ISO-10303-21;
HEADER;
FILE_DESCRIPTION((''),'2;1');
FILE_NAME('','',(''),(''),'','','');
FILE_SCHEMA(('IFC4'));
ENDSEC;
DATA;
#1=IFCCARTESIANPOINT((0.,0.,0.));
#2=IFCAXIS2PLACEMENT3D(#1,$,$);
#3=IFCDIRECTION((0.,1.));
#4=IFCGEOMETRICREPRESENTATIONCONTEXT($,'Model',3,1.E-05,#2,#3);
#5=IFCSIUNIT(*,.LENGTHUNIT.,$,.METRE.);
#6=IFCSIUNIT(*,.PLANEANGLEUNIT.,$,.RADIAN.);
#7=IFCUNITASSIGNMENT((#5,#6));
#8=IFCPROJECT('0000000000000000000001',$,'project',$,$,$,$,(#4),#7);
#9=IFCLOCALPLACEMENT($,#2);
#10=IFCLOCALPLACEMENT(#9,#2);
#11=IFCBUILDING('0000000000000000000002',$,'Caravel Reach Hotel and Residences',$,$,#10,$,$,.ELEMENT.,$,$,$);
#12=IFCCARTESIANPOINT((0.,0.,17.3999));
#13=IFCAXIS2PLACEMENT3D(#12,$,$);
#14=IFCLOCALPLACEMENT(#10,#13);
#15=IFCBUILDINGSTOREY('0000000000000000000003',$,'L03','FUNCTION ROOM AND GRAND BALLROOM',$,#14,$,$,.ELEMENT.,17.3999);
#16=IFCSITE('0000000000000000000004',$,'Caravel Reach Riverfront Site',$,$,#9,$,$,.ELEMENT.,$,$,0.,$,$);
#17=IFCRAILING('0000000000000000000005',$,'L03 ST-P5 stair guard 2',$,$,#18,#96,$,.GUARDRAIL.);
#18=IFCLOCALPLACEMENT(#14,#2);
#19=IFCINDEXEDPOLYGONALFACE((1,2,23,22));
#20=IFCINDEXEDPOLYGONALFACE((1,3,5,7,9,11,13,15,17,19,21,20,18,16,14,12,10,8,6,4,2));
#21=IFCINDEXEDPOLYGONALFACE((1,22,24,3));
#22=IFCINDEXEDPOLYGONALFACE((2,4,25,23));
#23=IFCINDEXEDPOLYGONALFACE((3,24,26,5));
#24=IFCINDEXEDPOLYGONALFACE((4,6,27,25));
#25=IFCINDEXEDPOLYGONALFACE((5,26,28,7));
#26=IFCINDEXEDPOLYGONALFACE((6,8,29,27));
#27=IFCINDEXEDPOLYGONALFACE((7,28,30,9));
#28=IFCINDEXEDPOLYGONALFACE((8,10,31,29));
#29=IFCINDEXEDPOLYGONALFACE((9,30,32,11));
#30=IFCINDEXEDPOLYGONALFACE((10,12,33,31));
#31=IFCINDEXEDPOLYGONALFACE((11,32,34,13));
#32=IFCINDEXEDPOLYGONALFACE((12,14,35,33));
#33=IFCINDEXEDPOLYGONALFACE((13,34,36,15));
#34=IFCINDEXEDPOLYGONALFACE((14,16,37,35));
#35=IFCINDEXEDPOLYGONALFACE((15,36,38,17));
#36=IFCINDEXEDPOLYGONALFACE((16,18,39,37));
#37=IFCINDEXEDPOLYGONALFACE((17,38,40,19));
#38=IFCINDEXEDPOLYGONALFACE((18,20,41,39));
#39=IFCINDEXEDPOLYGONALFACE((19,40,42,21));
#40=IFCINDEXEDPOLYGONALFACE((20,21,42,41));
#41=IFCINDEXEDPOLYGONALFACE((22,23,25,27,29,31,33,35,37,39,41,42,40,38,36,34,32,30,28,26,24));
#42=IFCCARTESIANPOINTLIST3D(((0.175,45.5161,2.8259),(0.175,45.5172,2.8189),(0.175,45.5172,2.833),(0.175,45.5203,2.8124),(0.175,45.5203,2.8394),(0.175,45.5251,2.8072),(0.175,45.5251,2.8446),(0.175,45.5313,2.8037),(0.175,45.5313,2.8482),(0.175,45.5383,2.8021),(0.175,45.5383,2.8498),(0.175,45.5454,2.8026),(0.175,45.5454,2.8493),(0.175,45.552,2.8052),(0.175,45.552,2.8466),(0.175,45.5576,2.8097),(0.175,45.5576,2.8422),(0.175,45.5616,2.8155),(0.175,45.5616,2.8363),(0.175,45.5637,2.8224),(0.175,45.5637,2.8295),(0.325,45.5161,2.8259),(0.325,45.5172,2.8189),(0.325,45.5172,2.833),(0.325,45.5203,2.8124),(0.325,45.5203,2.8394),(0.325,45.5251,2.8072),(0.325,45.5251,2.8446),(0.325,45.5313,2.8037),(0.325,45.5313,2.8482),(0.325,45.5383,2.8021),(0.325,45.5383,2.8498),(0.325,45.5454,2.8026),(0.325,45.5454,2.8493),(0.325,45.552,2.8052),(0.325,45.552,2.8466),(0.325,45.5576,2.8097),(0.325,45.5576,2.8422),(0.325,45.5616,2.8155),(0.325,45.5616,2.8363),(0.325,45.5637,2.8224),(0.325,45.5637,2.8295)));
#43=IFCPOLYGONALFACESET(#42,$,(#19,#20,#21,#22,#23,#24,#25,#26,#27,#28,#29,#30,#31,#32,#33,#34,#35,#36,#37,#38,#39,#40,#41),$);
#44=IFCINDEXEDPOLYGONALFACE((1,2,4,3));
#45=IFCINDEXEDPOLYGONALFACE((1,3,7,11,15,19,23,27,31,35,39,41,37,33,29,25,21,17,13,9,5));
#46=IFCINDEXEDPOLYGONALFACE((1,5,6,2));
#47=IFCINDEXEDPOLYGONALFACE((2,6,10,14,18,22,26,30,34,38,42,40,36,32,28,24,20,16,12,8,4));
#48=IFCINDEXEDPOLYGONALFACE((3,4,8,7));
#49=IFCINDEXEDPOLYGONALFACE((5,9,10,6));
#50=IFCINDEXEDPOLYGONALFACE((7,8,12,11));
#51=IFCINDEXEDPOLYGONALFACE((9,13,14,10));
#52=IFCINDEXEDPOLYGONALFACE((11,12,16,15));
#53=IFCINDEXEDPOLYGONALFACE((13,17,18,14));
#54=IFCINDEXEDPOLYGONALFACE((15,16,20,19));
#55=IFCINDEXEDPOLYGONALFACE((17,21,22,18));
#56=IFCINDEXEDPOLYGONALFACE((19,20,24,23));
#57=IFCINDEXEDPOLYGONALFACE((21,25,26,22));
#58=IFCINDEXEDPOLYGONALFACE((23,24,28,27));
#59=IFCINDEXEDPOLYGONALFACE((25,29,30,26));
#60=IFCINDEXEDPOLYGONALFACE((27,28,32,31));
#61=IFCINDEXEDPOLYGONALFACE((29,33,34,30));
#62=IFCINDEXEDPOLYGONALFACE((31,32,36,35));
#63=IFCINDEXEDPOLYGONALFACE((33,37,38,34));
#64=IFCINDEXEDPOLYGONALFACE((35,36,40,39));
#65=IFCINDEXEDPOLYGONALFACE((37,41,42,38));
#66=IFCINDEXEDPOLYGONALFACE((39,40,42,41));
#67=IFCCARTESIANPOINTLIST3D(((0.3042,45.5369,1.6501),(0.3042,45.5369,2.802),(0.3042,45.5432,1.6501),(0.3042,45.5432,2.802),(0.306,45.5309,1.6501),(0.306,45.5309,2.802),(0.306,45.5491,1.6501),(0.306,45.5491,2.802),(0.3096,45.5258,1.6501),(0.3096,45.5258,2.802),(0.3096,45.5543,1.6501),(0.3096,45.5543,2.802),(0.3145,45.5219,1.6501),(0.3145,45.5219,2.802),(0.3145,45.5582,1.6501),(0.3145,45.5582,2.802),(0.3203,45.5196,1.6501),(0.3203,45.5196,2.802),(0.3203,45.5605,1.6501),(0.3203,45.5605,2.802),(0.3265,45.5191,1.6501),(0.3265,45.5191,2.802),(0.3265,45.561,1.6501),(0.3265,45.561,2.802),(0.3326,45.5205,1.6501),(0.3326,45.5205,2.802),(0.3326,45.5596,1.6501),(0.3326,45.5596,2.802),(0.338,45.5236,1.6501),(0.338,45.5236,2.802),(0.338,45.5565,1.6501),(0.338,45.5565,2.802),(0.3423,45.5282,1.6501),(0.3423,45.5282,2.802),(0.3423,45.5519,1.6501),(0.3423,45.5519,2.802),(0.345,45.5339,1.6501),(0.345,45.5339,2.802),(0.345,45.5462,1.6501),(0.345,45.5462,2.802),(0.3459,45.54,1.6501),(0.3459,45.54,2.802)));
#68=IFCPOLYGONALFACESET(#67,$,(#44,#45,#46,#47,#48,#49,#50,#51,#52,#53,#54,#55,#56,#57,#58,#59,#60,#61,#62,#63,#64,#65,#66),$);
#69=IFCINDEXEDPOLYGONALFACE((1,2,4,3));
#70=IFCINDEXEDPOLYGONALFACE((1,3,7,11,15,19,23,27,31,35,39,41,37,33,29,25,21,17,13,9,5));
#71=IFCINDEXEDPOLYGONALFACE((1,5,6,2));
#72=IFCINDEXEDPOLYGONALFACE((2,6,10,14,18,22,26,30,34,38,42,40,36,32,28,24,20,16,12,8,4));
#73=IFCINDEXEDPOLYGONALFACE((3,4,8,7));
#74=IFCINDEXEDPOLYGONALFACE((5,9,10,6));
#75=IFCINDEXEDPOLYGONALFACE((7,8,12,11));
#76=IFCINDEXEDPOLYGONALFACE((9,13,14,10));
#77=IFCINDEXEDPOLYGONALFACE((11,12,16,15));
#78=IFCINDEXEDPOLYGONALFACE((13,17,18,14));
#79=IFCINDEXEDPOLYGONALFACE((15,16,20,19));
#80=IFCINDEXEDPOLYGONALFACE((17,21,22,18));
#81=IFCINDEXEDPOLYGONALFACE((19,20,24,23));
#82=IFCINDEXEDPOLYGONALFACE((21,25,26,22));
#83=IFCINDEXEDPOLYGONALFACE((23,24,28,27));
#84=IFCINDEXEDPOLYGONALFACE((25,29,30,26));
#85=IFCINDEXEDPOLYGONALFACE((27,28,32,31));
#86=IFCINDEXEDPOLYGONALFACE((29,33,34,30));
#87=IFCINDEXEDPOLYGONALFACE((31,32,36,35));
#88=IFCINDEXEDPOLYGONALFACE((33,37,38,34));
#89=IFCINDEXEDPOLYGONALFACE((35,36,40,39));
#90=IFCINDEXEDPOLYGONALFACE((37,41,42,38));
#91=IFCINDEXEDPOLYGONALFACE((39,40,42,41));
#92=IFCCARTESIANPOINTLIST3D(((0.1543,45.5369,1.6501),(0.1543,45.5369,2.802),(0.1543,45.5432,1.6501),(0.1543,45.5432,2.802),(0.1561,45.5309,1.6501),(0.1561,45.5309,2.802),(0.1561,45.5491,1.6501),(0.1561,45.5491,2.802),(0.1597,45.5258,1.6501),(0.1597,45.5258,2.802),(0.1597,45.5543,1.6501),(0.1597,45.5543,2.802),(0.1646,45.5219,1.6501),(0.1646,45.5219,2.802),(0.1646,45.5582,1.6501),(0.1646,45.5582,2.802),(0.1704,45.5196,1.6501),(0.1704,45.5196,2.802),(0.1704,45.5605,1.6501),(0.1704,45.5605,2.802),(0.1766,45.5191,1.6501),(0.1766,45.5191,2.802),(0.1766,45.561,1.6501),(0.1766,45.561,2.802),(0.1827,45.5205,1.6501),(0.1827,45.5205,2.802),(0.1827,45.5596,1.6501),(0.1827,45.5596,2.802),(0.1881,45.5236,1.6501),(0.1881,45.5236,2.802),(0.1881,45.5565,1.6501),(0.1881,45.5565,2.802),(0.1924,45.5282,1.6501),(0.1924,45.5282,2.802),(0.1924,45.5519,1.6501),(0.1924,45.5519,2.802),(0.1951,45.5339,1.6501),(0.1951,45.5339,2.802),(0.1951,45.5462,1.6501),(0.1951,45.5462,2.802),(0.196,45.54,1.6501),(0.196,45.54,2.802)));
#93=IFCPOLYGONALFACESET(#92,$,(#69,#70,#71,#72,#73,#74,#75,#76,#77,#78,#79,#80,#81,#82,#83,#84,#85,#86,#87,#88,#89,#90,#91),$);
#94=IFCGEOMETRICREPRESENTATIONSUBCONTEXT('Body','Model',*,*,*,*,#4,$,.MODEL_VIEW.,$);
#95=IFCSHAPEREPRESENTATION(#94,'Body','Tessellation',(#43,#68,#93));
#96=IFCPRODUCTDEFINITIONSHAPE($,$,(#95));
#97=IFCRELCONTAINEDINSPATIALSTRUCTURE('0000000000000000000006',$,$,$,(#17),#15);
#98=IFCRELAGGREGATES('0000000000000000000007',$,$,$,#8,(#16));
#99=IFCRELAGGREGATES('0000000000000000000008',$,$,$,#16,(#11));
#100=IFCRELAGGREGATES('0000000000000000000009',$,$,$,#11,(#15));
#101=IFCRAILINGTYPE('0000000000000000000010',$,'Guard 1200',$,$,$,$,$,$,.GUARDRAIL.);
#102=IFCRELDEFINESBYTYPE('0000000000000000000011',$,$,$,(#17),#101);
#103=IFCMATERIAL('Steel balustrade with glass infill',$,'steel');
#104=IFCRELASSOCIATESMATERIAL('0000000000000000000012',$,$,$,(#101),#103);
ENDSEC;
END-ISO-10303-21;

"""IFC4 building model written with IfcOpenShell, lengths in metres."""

from ifc_helpers import new_model, si_unit, direction, frame, origin, origin_2d, place, context, subcontext, project, spatial, circle, extrude, material, type_object, element, save


model = new_model("IFC4")

# Units and contexts
model_context = context("Model", 3, precision=1e-05, world=origin(), true_north=direction((0.0, 1.0)))
body_context = subcontext(model_context, "Body", "Model", "MODEL_VIEW")
ifc_project = project(units=[si_unit("LENGTHUNIT", "METRE"), si_unit("PLANEANGLEUNIT", "RADIAN")], contexts=[model_context])

# Site, building, storey
site_placement = place(None, origin())
site = spatial("IfcSite", under=ifc_project, at=site_placement, Name="Caravel Reach Riverfront Site", CompositionType="ELEMENT", RefElevation=0.0)
building_placement = place(site_placement, origin())
building = spatial("IfcBuilding", under=site, at=building_placement, Name="Caravel Reach Hotel and Residences", CompositionType="ELEMENT")
storey_placement = place(building_placement, frame((0.0, 0.0, 17.3999)))
storey = spatial("IfcBuildingStorey", under=building, at=storey_placement, Name="L03", Description="FUNCTION ROOM AND GRAND BALLROOM", CompositionType="ELEMENT", Elevation=17.3999)

# Railing
ifc_material_1 = material(Name="Steel balustrade with glass infill", Category="steel")
railing_type_1 = type_object("IfcRailingType", Name="Guard 1200", PredefinedType="GUARDRAIL", material=ifc_material_1)
railing_1_placement = place(storey_placement, frame((0.325, 45.54, 1.6501)))
element("IfcRailing", 1, at=railing_1_placement, inside=storey, type_object=railing_type_1, Name="L03 ST-P5 stair guard 2", PredefinedType="GUARDRAIL", context=body_context, shape_type="SweptSolid", body=[
    extrude(circle(Radius=0.0239, at=origin_2d()), frame((0.0, 0.0, 1.1758), z_axis=(-1.0, 0.0, 0.0), x_axis=(0.0, -1.0, 0.0)), (0.0, 0.0, 1.0), 0.1499),
    extrude(circle(Radius=0.021, at=origin_2d()), origin(), (0.0, 0.0, 1.0), 1.1519),
    extrude(circle(Radius=0.021, at=origin_2d()), frame((-0.1499, 0.0, 0.0)), (0.0, 0.0, 1.0), 1.1519),
])

save(model, "model.ifc")
